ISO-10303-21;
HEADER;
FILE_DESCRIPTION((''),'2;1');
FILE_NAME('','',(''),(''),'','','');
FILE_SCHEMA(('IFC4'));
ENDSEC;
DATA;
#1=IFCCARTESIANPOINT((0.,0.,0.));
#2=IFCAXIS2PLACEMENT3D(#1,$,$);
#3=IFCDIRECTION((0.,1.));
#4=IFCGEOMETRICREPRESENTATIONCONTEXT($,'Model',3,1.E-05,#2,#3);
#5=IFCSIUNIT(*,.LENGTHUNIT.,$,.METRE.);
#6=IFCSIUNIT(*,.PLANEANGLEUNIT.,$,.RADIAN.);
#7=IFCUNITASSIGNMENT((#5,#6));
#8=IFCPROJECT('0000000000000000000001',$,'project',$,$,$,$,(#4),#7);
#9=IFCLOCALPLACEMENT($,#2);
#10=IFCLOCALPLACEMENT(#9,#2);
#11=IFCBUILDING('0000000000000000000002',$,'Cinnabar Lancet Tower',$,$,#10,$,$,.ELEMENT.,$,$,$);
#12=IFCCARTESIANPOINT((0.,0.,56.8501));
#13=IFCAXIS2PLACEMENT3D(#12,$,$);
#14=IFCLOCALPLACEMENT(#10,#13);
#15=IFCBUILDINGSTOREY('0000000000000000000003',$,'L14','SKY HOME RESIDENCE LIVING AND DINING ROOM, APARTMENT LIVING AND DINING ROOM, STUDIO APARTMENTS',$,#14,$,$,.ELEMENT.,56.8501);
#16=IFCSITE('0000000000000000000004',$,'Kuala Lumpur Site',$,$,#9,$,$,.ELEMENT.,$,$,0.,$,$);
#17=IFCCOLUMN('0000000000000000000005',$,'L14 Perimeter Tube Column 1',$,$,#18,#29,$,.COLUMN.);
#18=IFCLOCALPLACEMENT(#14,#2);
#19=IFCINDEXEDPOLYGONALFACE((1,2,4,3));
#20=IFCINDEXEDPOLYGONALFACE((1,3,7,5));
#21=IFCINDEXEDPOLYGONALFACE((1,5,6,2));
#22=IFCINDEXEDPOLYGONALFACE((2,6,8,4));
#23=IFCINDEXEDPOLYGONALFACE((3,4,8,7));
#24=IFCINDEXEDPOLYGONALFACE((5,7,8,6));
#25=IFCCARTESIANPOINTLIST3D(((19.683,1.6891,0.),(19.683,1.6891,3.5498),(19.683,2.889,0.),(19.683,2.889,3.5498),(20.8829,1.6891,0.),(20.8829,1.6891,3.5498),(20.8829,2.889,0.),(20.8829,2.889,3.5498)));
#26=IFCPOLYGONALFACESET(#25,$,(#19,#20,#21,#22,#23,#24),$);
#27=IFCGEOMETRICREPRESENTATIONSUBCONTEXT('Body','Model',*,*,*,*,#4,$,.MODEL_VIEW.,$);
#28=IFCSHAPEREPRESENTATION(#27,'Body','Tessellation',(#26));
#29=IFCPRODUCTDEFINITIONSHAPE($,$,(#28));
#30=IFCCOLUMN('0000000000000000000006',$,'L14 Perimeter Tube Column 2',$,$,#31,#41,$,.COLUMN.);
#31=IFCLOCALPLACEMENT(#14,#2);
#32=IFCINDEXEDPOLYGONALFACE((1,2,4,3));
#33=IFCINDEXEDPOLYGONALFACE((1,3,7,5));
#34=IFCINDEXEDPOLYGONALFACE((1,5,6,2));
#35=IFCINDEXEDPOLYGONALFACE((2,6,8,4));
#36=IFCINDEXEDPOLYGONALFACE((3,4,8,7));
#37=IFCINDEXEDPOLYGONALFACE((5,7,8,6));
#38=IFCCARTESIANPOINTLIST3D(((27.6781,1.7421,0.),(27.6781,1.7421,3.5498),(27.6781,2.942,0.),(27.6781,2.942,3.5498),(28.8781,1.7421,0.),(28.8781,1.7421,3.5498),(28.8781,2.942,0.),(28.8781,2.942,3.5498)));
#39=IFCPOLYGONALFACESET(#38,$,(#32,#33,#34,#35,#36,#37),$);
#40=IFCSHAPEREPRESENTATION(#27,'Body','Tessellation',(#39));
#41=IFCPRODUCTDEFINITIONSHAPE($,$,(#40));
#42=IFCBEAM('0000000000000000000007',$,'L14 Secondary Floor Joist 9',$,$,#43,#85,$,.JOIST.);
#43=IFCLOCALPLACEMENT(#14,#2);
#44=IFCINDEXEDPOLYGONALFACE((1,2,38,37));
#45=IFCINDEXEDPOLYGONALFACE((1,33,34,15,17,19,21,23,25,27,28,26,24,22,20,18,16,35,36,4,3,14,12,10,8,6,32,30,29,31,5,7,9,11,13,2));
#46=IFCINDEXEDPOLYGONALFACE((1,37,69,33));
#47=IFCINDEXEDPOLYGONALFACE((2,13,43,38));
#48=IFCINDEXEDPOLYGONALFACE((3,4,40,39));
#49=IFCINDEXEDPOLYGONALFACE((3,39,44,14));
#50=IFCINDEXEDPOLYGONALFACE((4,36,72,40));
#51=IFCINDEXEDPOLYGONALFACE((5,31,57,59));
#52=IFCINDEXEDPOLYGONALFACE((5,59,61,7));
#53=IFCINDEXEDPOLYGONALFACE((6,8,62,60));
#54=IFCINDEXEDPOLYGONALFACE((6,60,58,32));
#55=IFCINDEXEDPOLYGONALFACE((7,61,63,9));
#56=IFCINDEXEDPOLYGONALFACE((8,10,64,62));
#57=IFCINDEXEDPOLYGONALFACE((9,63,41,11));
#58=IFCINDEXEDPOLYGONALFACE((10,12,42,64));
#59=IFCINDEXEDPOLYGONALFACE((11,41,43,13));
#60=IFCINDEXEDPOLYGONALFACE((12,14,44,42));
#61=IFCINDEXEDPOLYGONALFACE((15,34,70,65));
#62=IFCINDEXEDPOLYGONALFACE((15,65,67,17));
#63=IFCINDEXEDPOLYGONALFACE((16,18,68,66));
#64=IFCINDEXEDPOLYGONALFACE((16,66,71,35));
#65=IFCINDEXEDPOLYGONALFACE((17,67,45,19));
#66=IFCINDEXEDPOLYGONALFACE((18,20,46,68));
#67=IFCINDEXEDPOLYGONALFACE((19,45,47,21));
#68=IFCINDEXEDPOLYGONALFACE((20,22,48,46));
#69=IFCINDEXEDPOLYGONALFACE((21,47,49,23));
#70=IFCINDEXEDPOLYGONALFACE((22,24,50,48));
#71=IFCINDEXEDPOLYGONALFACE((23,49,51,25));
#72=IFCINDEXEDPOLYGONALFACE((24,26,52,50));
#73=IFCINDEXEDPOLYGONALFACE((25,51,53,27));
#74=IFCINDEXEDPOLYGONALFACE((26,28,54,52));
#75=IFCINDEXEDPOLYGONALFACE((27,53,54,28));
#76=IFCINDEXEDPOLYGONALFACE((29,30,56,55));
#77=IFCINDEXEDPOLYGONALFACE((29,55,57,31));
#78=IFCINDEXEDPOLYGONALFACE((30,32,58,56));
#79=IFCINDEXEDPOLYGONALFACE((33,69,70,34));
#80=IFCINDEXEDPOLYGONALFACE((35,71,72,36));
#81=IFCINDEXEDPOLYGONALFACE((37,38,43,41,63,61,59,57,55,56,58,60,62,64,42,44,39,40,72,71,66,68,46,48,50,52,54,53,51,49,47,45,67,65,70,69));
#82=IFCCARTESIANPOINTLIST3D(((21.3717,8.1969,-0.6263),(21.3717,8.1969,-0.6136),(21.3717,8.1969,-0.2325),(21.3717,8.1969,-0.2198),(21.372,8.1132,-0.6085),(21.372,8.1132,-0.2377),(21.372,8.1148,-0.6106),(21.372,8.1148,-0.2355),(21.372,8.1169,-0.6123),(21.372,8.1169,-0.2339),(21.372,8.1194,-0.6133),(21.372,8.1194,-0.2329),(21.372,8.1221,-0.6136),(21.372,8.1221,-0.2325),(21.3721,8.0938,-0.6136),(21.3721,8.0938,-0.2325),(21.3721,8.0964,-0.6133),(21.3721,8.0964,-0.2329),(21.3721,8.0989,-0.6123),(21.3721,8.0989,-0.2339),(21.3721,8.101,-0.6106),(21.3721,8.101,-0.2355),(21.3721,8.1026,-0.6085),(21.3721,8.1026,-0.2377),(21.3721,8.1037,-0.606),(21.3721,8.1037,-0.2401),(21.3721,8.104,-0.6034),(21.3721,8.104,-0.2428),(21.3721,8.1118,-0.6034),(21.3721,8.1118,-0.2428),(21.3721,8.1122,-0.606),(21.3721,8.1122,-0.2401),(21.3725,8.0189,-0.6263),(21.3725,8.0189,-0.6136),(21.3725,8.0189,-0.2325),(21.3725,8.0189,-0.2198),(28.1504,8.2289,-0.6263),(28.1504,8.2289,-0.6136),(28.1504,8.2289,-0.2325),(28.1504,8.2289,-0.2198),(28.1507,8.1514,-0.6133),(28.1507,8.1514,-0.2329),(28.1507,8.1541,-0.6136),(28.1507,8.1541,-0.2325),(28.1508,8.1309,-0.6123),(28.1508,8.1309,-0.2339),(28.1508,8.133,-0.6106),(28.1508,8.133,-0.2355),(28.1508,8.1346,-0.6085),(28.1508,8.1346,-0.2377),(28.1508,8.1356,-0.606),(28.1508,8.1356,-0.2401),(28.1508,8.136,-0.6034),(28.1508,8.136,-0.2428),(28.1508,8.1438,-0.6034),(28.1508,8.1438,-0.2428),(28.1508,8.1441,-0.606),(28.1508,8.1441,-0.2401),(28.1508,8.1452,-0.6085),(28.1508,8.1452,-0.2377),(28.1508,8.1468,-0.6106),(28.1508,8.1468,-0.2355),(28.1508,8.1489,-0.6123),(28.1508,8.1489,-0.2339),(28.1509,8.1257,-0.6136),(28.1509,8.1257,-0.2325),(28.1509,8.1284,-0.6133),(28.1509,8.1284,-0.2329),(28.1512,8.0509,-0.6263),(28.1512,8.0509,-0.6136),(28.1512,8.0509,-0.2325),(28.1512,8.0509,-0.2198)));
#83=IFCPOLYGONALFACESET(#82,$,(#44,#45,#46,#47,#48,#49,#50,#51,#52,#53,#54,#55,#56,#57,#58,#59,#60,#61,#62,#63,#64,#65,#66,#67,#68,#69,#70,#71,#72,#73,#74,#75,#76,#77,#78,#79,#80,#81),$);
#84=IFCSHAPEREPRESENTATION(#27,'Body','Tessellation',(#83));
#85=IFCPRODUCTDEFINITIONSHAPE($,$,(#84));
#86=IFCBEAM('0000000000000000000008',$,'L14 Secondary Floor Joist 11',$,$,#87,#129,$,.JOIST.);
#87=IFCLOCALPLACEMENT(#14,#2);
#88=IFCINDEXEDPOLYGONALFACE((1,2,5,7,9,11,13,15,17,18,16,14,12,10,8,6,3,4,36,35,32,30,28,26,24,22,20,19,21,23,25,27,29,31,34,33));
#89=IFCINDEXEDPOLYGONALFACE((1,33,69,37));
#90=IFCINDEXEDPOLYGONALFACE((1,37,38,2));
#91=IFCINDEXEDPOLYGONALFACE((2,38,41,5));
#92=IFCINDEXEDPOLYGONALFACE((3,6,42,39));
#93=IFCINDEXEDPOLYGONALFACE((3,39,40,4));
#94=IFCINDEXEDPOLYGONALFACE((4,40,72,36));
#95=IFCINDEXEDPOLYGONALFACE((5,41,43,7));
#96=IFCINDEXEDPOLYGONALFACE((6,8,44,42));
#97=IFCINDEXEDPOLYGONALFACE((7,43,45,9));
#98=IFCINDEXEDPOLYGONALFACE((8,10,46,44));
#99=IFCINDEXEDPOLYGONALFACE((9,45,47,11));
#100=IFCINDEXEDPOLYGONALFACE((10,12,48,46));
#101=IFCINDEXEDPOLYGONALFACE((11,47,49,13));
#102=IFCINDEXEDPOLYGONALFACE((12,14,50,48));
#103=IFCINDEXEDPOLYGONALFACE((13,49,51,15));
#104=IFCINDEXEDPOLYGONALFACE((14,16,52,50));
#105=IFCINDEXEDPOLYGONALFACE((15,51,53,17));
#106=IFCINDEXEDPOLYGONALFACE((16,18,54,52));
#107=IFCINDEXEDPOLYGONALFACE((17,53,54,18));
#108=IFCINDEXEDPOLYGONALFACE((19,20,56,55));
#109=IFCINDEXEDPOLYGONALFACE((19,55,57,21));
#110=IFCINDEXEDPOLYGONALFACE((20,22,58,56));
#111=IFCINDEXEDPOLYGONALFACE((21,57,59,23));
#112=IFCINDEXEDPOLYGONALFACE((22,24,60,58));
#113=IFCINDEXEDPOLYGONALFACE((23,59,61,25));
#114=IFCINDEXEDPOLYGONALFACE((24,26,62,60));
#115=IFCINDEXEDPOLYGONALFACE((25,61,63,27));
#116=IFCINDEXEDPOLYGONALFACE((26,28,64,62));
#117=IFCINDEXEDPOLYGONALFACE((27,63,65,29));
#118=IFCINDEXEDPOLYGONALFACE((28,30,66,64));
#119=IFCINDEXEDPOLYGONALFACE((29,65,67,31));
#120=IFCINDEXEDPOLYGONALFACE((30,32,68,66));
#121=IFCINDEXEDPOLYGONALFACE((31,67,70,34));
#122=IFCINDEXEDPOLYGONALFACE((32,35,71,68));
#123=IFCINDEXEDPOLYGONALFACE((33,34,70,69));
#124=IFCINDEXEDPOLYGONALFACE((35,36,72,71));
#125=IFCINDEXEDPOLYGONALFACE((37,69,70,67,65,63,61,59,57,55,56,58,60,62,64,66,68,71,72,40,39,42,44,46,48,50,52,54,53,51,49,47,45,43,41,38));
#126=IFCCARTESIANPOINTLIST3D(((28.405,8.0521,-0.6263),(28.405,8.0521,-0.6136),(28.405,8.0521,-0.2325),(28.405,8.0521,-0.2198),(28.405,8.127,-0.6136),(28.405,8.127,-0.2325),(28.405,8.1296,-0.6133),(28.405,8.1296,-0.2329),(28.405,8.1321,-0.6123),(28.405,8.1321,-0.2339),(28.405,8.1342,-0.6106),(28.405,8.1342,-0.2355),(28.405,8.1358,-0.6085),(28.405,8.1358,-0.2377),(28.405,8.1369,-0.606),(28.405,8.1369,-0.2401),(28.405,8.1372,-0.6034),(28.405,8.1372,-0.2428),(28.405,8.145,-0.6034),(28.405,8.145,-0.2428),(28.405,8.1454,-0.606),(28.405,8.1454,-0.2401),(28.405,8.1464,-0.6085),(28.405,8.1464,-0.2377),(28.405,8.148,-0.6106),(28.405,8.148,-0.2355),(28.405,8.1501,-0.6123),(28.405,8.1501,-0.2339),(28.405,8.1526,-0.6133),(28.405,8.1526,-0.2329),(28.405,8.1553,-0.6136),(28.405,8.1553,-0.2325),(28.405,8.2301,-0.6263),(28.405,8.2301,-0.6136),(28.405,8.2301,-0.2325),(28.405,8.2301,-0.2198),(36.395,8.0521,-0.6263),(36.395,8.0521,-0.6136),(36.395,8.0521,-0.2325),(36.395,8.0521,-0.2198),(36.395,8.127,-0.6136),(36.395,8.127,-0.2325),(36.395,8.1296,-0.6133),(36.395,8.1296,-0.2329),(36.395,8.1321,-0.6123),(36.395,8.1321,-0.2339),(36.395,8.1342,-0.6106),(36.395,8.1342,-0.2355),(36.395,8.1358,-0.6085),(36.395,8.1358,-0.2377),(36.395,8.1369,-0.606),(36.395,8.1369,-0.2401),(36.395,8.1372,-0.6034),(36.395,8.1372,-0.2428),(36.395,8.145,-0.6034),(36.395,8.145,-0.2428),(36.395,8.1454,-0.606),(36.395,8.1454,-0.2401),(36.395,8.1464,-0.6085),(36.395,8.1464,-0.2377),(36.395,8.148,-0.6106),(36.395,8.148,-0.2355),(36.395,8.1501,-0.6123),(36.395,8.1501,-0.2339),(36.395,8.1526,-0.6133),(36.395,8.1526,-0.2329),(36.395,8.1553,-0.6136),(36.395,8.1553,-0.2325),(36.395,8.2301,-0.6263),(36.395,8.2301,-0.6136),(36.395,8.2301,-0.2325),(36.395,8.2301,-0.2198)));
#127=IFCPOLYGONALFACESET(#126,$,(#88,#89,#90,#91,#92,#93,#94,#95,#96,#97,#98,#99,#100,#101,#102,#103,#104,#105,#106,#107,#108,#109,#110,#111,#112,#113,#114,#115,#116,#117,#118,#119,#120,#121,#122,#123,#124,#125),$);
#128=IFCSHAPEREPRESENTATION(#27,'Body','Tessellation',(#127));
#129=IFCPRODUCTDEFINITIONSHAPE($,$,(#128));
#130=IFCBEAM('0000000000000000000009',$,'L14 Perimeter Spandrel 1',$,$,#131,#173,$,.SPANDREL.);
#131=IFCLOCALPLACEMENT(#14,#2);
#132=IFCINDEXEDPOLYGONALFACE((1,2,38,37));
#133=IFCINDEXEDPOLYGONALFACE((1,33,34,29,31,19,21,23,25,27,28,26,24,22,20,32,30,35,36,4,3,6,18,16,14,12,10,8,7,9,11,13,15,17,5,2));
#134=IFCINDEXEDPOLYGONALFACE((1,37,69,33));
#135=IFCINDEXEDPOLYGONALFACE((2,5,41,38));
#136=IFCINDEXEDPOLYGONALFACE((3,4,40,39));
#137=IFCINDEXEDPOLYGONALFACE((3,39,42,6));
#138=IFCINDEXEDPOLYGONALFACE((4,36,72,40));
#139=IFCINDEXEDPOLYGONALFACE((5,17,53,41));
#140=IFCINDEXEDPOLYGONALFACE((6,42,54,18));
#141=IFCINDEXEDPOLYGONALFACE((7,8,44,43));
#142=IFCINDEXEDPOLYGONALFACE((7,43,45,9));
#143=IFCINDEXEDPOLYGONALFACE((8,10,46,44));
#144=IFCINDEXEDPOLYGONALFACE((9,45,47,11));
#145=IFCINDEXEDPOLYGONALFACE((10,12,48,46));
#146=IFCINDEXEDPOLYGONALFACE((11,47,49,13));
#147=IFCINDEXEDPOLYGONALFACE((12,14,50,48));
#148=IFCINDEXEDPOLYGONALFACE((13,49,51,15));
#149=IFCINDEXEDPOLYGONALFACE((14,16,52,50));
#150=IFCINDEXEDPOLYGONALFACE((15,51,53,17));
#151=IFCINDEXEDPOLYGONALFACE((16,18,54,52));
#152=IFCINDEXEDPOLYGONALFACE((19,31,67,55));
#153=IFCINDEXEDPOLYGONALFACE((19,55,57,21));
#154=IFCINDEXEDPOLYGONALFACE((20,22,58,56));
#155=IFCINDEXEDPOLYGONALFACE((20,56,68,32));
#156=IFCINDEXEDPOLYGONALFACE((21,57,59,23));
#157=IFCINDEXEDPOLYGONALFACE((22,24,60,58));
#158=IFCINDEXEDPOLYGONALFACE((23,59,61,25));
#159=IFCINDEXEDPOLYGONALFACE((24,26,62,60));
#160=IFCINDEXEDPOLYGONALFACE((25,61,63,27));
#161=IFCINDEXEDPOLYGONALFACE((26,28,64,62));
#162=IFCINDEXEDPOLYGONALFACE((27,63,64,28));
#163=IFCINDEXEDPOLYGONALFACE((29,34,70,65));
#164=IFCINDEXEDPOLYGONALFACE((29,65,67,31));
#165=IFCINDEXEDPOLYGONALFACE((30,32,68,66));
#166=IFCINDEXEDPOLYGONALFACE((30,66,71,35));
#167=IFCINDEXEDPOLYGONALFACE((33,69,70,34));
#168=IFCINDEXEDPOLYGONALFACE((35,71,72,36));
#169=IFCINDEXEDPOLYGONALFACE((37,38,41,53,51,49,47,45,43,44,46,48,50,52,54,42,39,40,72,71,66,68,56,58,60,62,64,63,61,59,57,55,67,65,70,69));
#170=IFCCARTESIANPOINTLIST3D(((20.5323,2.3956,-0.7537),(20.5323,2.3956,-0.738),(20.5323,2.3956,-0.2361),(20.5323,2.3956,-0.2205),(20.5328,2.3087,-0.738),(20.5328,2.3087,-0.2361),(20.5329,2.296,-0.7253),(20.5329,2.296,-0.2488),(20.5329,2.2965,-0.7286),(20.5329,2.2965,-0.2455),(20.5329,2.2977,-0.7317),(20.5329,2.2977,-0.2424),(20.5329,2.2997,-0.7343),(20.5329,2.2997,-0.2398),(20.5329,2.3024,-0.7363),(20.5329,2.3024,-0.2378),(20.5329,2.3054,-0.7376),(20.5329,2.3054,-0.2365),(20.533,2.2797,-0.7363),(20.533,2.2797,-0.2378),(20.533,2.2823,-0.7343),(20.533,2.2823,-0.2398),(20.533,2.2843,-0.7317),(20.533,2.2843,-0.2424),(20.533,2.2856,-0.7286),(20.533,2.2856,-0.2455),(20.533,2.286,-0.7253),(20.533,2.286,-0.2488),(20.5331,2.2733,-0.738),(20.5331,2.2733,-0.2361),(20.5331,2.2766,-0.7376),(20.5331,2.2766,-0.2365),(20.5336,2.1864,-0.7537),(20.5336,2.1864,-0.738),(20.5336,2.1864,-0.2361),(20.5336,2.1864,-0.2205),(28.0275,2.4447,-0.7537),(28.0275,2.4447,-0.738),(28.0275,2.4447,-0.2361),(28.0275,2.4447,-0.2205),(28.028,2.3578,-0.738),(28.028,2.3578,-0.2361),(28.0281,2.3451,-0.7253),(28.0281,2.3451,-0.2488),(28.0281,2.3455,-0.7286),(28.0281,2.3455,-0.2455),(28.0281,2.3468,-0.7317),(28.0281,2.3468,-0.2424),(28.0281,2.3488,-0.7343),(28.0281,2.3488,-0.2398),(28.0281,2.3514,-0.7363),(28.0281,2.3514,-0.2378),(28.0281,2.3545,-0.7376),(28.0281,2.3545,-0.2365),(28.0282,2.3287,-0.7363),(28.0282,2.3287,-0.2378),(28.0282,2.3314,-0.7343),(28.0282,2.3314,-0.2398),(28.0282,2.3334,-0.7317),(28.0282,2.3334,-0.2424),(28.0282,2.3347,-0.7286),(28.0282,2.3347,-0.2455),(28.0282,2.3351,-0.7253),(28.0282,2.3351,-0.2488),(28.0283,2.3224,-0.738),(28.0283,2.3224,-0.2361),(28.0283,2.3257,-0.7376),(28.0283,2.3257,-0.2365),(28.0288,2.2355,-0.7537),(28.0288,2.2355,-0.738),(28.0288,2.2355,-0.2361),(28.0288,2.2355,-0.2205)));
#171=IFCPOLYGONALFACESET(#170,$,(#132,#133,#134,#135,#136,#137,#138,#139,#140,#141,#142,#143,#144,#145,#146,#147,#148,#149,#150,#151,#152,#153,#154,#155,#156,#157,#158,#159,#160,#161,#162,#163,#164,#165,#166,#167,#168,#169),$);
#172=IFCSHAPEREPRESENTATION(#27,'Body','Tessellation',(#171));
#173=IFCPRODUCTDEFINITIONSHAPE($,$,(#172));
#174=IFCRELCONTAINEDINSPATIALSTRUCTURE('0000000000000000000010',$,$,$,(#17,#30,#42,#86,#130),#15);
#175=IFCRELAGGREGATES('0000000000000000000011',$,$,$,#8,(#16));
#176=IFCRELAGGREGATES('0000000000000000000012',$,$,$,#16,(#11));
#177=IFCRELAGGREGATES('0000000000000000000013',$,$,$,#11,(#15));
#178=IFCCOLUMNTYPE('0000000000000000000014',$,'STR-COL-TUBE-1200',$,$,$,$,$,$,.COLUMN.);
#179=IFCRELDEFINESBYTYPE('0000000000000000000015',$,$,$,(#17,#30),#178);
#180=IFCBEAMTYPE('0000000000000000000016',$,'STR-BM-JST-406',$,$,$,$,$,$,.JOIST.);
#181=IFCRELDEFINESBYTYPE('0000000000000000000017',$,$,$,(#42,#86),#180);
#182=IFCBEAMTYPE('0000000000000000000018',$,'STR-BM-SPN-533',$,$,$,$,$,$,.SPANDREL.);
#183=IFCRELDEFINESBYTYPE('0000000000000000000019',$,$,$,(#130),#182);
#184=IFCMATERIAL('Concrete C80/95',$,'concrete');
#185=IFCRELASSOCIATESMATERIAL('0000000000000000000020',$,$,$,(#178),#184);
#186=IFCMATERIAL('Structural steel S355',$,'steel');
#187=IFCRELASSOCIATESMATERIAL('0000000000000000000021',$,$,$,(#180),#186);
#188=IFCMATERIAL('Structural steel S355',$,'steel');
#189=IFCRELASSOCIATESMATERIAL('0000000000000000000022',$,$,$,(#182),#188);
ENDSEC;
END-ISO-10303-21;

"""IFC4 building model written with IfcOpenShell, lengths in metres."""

from ifc_helpers import new_model, si_unit, direction, frame, origin, origin_2d, place, context, subcontext, project, spatial, rectangle, i_section, extrude, material, material_profile, profile_set, type_object, element, save


model = new_model("IFC4")

# Units and contexts
model_context = context("Model", 3, precision=1e-05, world=origin(), true_north=direction((0.0, 1.0)))
body_context = subcontext(model_context, "Body", "Model", "MODEL_VIEW")
ifc_project = project(units=[si_unit("LENGTHUNIT", "METRE"), si_unit("PLANEANGLEUNIT", "RADIAN")], contexts=[model_context])

# Site, building, storey
site_placement = place(None, origin())
site = spatial("IfcSite", under=ifc_project, at=site_placement, Name="Kuala Lumpur Site", CompositionType="ELEMENT", RefElevation=0.0)
building_placement = place(site_placement, origin())
building = spatial("IfcBuilding", under=site, at=building_placement, Name="Cinnabar Lancet Tower", CompositionType="ELEMENT")
storey_placement = place(building_placement, frame((0.0, 0.0, 56.8501)))
storey = spatial("IfcBuildingStorey", under=building, at=storey_placement, Name="L14", Description="SKY HOME RESIDENCE LIVING AND DINING ROOM, APARTMENT LIVING AND DINING ROOM, STUDIO APARTMENTS", CompositionType="ELEMENT", Elevation=56.8501)

# Columns
ifc_material_1 = material(Name="Concrete C80/95", Category="concrete")
ifc_material_profile_1 = material_profile(ifc_material_1, rectangle(XDim=1.2, YDim=1.2, at=origin_2d()), Name="RC-COL 1200x1200")
ifc_profile_set_1 = profile_set([ifc_material_profile_1], Name="Concrete C80/95")
column_type = type_object("IfcColumnType", Name="STR-COL-TUBE-1200", PredefinedType="COLUMN", material=ifc_profile_set_1)
for number, where, z_axis, x_axis, name in (
    (1, (20.283, 2.2891, 0.0), (0.0, 0.0, 1.0), (1.0, 0.0, 0.0), "L14 Perimeter Tube Column 1"),
    (2, (28.2781, 2.342, 0.0), (0.0, 0.0, 1.0), (1.0, 0.0, 0.0), "L14 Perimeter Tube Column 2"),
):
    element("IfcColumn", number, at=place(storey_placement, frame(where, z_axis=z_axis, x_axis=x_axis)), inside=storey, type_object=column_type, Name=name, PredefinedType="COLUMN", context=body_context, shape_type="SweptSolid", body=[
        extrude(rectangle(XDim=1.2, YDim=1.2, at=origin_2d()), origin(), (0.0, 0.0, 1.0), 3.5498),
    ])

# Beams
ifc_material_2 = material(Name="Structural steel S355", Category="steel")
ifc_material_profile_2 = material_profile(ifc_material_2, i_section(OverallWidth=0.178, OverallDepth=0.4065, WebThickness=0.0078, FlangeThickness=0.0127, FilletRadius=0.0103, at=origin_2d()), Name="UKB 406x178x60")
ifc_profile_set_2 = profile_set([ifc_material_profile_2], Name="Structural steel S355")
beam_type_1 = type_object("IfcBeamType", Name="STR-BM-JST-406", PredefinedType="JOIST", material=ifc_profile_set_2)
beam_1_placement = place(storey_placement, frame((21.3721, 8.1079, -0.4231), z_axis=(0.999989, 0.004718, 0.0), x_axis=(-0.004718, 0.999989, 0.0)))
element("IfcBeam", 3, at=beam_1_placement, inside=storey, type_object=beam_type_1, Name="L14 Secondary Floor Joist 9", PredefinedType="JOIST", context=body_context, shape_type="SweptSolid", body=[
    extrude(i_section(OverallWidth=0.178, OverallDepth=0.4065, WebThickness=0.0078, FlangeThickness=0.0127, FilletRadius=0.0103, at=origin_2d()), origin(), (0.0, 0.0, 1.0), 6.7788),
])
beam_2_placement = place(storey_placement, frame((28.405, 8.1411, -0.4231), z_axis=(1.0, 0.0, 0.0), x_axis=(0.0, 1.0, 0.0)))
element("IfcBeam", 4, at=beam_2_placement, inside=storey, type_object=beam_type_1, Name="L14 Secondary Floor Joist 11", PredefinedType="JOIST", context=body_context, shape_type="SweptSolid", body=[
    extrude(i_section(OverallWidth=0.178, OverallDepth=0.4065, WebThickness=0.0078, FlangeThickness=0.0127, FilletRadius=0.0103, at=origin_2d()), origin(), (0.0, 0.0, 1.0), 7.99),
])
ifc_material_3 = material(Name="Structural steel S355", Category="steel")
ifc_material_profile_3 = material_profile(ifc_material_3, i_section(OverallWidth=0.2092, OverallDepth=0.5332, WebThickness=0.01, FlangeThickness=0.0156, FilletRadius=0.0127, at=origin_2d()), Name="UKB 533x210x92")
ifc_profile_set_3 = profile_set([ifc_material_profile_3], Name="Structural steel S355")
beam_type_2 = type_object("IfcBeamType", Name="STR-BM-SPN-533", PredefinedType="SPANDREL", material=ifc_profile_set_3)
beam_3_placement = place(storey_placement, frame((20.533, 2.291, -0.4871), z_axis=(0.999979, 0.006547, 0.0), x_axis=(-0.006547, 0.999979, 0.0)))
element("IfcBeam", 5, at=beam_3_placement, inside=storey, type_object=beam_type_2, Name="L14 Perimeter Spandrel 1", PredefinedType="SPANDREL", context=body_context, shape_type="SweptSolid", body=[
    extrude(i_section(OverallWidth=0.2092, OverallDepth=0.5332, WebThickness=0.01, FlangeThickness=0.0156, FilletRadius=0.0127, at=origin_2d()), origin(), (0.0, 0.0, 1.0), 7.4954),
])

save(model, "model.ifc")
